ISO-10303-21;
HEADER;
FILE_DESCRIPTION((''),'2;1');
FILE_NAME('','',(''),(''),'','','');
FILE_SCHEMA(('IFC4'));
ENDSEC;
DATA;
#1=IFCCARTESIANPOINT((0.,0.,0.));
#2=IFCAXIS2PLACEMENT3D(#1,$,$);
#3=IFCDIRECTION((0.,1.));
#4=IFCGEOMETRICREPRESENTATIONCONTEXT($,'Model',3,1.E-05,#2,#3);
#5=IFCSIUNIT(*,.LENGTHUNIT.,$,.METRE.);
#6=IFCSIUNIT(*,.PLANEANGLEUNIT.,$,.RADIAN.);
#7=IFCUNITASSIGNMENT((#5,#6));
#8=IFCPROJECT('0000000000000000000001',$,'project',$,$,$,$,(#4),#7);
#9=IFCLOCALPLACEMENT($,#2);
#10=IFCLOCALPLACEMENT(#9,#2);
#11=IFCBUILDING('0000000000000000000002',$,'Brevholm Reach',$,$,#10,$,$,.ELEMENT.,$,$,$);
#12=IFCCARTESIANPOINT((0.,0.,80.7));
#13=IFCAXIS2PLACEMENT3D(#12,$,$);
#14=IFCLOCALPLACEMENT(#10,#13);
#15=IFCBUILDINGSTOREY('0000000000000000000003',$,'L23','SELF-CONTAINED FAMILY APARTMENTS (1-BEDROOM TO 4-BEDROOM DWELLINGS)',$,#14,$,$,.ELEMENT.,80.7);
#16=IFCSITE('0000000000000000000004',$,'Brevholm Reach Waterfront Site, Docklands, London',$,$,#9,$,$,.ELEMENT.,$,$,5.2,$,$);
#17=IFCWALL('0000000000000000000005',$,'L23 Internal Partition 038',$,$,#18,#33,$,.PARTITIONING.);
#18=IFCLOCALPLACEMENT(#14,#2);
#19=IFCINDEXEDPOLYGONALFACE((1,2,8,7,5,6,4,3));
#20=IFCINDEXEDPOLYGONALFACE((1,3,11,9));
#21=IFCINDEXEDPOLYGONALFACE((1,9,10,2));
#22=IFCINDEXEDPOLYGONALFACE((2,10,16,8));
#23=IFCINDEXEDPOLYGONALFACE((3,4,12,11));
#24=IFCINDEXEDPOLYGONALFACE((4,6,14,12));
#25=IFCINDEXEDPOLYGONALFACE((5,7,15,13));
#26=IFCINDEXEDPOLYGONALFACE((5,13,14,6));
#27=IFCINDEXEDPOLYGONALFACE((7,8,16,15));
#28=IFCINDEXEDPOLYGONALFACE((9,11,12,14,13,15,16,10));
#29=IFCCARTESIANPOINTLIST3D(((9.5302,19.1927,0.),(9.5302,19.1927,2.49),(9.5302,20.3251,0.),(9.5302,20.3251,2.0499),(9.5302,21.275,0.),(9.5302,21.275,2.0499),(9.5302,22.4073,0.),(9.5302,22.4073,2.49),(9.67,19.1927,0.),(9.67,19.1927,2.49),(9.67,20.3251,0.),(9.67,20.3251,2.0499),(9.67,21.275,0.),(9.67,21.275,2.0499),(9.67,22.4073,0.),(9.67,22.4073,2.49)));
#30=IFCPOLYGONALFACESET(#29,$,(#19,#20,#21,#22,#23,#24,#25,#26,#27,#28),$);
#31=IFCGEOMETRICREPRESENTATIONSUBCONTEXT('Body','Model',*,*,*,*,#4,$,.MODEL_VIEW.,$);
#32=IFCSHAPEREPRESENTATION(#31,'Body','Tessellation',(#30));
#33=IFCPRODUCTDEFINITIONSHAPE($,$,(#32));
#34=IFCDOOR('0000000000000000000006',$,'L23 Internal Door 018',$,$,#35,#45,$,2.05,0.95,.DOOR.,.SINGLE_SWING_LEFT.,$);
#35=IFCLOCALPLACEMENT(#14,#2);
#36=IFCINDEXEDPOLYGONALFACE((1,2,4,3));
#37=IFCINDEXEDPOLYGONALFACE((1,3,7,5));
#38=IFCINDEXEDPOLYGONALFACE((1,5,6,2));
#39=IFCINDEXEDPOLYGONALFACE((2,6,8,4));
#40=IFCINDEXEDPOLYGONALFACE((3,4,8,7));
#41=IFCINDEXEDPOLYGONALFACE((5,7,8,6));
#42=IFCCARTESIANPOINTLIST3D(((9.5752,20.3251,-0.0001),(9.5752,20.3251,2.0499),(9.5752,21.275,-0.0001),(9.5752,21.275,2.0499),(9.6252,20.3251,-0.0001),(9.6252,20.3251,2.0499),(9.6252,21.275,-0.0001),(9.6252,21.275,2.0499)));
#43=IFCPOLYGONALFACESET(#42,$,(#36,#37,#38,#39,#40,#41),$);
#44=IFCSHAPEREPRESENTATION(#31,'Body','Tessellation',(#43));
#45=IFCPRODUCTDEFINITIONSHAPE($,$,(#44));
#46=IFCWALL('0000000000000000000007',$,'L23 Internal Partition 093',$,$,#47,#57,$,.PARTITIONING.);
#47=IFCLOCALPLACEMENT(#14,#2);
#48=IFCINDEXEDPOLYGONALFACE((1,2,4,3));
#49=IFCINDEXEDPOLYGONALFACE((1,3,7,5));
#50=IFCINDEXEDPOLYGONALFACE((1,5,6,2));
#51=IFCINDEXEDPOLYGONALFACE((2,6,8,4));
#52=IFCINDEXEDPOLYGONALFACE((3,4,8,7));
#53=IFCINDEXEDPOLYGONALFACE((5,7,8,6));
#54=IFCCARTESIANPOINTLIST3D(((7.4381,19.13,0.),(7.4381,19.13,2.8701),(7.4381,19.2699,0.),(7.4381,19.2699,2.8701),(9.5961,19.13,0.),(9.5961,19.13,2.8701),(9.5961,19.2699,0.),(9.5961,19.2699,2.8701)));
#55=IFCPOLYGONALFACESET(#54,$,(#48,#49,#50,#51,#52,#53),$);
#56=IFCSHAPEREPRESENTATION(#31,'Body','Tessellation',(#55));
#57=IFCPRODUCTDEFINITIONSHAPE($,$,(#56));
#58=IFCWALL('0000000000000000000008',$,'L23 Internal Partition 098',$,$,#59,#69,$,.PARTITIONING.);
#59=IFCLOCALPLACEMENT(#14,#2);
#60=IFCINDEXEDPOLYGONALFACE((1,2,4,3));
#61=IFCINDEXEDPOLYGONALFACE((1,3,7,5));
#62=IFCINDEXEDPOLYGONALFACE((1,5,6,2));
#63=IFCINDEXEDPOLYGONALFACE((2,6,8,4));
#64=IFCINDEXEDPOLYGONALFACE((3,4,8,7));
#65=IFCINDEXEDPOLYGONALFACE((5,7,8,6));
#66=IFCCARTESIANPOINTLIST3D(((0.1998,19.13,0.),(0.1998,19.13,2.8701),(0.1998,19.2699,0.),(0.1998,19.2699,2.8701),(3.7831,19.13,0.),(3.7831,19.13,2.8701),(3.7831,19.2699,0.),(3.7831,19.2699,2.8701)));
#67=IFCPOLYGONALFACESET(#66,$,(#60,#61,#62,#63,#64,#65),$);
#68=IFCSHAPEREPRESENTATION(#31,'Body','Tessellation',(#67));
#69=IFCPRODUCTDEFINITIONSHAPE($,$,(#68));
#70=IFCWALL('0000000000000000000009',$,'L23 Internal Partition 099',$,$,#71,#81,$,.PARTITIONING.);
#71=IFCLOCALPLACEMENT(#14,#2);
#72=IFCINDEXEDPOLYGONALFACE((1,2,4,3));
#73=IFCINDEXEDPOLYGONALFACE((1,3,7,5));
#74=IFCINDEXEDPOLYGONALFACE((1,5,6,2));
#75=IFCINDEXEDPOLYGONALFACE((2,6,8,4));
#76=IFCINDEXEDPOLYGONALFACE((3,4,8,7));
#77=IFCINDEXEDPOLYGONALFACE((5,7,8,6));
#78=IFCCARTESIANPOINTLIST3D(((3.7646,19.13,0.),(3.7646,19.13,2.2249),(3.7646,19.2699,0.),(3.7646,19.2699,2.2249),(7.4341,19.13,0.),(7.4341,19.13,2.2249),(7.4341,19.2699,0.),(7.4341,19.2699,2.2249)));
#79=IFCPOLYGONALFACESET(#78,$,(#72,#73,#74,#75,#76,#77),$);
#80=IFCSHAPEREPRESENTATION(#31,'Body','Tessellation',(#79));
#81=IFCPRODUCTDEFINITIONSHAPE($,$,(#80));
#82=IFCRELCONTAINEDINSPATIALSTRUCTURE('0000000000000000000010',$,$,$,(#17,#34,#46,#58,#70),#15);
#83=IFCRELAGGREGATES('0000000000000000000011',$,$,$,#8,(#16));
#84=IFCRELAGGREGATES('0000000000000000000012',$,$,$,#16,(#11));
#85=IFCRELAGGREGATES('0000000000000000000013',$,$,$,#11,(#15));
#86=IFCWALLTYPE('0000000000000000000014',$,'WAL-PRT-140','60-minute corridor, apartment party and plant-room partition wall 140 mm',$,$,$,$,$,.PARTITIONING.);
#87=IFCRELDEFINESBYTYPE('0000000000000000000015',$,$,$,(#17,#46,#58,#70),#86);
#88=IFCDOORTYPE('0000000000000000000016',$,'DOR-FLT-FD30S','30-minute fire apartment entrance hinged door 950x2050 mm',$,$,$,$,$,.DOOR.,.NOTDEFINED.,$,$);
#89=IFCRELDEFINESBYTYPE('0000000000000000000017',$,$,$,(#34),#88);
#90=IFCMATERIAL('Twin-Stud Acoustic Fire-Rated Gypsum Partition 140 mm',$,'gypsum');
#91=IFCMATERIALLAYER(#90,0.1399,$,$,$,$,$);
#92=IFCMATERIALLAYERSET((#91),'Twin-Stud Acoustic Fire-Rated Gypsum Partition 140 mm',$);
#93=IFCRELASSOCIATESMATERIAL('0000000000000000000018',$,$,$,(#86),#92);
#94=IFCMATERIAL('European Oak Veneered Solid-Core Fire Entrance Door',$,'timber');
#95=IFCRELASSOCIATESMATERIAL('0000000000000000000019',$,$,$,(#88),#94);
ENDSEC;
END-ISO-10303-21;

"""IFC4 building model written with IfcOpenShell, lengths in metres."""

from ifc_helpers import new_model, si_unit, direction, frame, frame_2d, origin, place, context, subcontext, project, spatial, rectangle, extrude, material, layer, layer_set, type_object, element, fill, save


model = new_model("IFC4")

# Units and contexts
model_context = context("Model", 3, precision=1e-05, world=origin(), true_north=direction((0.0, 1.0)))
body_context = subcontext(model_context, "Body", "Model", "MODEL_VIEW")
ifc_project = project(units=[si_unit("LENGTHUNIT", "METRE"), si_unit("PLANEANGLEUNIT", "RADIAN")], contexts=[model_context])

# Site, building, storey
site_placement = place(None, origin())
site = spatial("IfcSite", under=ifc_project, at=site_placement, Name="Brevholm Reach Waterfront Site, Docklands, London", CompositionType="ELEMENT", RefElevation=5.2)
building_placement = place(site_placement, origin())
building = spatial("IfcBuilding", under=site, at=building_placement, Name="Brevholm Reach", CompositionType="ELEMENT")
storey_placement = place(building_placement, frame((0.0, 0.0, 80.7)))
storey = spatial("IfcBuildingStorey", under=building, at=storey_placement, Name="L23", Description="SELF-CONTAINED FAMILY APARTMENTS (1-BEDROOM TO 4-BEDROOM DWELLINGS)", CompositionType="ELEMENT", Elevation=80.7)

# Shared definitions
ifc_material_1 = material(Name="Twin-Stud Acoustic Fire-Rated Gypsum Partition 140 mm", Category="gypsum")
ifc_layer_1 = layer(ifc_material_1, 0.1399)
ifc_layer_set_1 = layer_set([ifc_layer_1], Name="Twin-Stud Acoustic Fire-Rated Gypsum Partition 140 mm")
wall_type_1 = type_object("IfcWallType", Name="WAL-PRT-140", Description="60-minute corridor, apartment party and plant-room partition wall 140 mm", PredefinedType="PARTITIONING", material=ifc_layer_set_1)

# Wall, opening, door
wall_1_placement = place(storey_placement, frame((9.6001, 19.1926, 0.0), z_axis=(0.0, 0.0, 1.0), x_axis=(0.0, 1.0, 0.0)))
wall_1 = element("IfcWall", 1, at=wall_1_placement, inside=storey, type_object=wall_type_1, Name="L23 Internal Partition 038", PredefinedType="PARTITIONING", context=body_context, shape_type="SweptSolid", body=[
    extrude(rectangle(XDim=3.2146, YDim=0.1399, at=frame_2d((1.6074, 0.0))), origin(), (0.0, 0.0, 1.0), 2.49),
])
opening_1_placement = place(wall_1_placement, frame((1.1323, 0.0, 0.0)))
opening_1 = element("IfcOpeningElement", 2, at=opening_1_placement, cuts=wall_1, PredefinedType="OPENING", context=body_context, shape_type="SweptSolid", body=[
    extrude(rectangle(XDim=0.95, YDim=2.05, at=frame_2d((0.4751, 1.0249))), frame((0.0, 0.0798, 0.0), z_axis=(0.0, -1.0, 0.0), x_axis=(1.0, 0.0, 0.0)), (0.0, 0.0, 1.0), 0.1599),
])
ifc_material_2 = material(Name="European Oak Veneered Solid-Core Fire Entrance Door", Category="timber")
door_type_1 = type_object("IfcDoorType", Name="DOR-FLT-FD30S", Description="30-minute fire apartment entrance hinged door 950x2050 mm", OperationType="NOTDEFINED", PredefinedType="DOOR", material=ifc_material_2)
door_1_placement = place(opening_1_placement, origin())
door_1 = element("IfcDoor", 3, at=door_1_placement, inside=storey, type_object=door_type_1, Name="L23 Internal Door 018", OperationType="SINGLE_SWING_LEFT", OverallHeight=2.05, OverallWidth=0.95, PredefinedType="DOOR", context=body_context, shape_type="SweptSolid", body=[
    extrude(rectangle(XDim=0.95, YDim=2.05, at=frame_2d((0.4751, 1.0249))), frame((0.0, 0.0249, 0.0), z_axis=(0.0, -1.0, 0.0), x_axis=(1.0, 0.0, 0.0)), (0.0, 0.0, 1.0), 0.05),
])
fill(opening_1, door_1)

# Walls
wall_2_placement = place(storey_placement, frame((7.438, 19.2, 0.0), z_axis=(0.0, 0.0, 1.0), x_axis=(1.0, 0.0, 0.0)))
element("IfcWall", 4, at=wall_2_placement, inside=storey, type_object=wall_type_1, Name="L23 Internal Partition 093", PredefinedType="PARTITIONING", context=body_context, shape_type="SweptSolid", body=[
    extrude(rectangle(XDim=2.158, YDim=0.1399, at=frame_2d((1.0791, 0.0))), origin(), (0.0, 0.0, 1.0), 2.8701),
])
wall_3_placement = place(storey_placement, frame((0.2, 19.2, 0.0), z_axis=(0.0, 0.0, 1.0), x_axis=(1.0, 0.0, 0.0)))
element("IfcWall", 5, at=wall_3_placement, inside=storey, type_object=wall_type_1, Name="L23 Internal Partition 098", PredefinedType="PARTITIONING", context=body_context, shape_type="SweptSolid", body=[
    extrude(rectangle(XDim=3.5833, YDim=0.1399, at=frame_2d((1.7915, 0.0))), origin(), (0.0, 0.0, 1.0), 2.8701),
])
wall_4_placement = place(storey_placement, frame((3.7646, 19.2, 0.0), z_axis=(0.0, 0.0, 1.0), x_axis=(1.0, 0.0, 0.0)))
element("IfcWall", 6, at=wall_4_placement, inside=storey, type_object=wall_type_1, Name="L23 Internal Partition 099", PredefinedType="PARTITIONING", context=body_context, shape_type="SweptSolid", body=[
    extrude(rectangle(XDim=3.6694, YDim=0.1399, at=frame_2d((1.8347, 0.0))), origin(), (0.0, 0.0, 1.0), 2.2249),
])

save(model, "model.ifc")
